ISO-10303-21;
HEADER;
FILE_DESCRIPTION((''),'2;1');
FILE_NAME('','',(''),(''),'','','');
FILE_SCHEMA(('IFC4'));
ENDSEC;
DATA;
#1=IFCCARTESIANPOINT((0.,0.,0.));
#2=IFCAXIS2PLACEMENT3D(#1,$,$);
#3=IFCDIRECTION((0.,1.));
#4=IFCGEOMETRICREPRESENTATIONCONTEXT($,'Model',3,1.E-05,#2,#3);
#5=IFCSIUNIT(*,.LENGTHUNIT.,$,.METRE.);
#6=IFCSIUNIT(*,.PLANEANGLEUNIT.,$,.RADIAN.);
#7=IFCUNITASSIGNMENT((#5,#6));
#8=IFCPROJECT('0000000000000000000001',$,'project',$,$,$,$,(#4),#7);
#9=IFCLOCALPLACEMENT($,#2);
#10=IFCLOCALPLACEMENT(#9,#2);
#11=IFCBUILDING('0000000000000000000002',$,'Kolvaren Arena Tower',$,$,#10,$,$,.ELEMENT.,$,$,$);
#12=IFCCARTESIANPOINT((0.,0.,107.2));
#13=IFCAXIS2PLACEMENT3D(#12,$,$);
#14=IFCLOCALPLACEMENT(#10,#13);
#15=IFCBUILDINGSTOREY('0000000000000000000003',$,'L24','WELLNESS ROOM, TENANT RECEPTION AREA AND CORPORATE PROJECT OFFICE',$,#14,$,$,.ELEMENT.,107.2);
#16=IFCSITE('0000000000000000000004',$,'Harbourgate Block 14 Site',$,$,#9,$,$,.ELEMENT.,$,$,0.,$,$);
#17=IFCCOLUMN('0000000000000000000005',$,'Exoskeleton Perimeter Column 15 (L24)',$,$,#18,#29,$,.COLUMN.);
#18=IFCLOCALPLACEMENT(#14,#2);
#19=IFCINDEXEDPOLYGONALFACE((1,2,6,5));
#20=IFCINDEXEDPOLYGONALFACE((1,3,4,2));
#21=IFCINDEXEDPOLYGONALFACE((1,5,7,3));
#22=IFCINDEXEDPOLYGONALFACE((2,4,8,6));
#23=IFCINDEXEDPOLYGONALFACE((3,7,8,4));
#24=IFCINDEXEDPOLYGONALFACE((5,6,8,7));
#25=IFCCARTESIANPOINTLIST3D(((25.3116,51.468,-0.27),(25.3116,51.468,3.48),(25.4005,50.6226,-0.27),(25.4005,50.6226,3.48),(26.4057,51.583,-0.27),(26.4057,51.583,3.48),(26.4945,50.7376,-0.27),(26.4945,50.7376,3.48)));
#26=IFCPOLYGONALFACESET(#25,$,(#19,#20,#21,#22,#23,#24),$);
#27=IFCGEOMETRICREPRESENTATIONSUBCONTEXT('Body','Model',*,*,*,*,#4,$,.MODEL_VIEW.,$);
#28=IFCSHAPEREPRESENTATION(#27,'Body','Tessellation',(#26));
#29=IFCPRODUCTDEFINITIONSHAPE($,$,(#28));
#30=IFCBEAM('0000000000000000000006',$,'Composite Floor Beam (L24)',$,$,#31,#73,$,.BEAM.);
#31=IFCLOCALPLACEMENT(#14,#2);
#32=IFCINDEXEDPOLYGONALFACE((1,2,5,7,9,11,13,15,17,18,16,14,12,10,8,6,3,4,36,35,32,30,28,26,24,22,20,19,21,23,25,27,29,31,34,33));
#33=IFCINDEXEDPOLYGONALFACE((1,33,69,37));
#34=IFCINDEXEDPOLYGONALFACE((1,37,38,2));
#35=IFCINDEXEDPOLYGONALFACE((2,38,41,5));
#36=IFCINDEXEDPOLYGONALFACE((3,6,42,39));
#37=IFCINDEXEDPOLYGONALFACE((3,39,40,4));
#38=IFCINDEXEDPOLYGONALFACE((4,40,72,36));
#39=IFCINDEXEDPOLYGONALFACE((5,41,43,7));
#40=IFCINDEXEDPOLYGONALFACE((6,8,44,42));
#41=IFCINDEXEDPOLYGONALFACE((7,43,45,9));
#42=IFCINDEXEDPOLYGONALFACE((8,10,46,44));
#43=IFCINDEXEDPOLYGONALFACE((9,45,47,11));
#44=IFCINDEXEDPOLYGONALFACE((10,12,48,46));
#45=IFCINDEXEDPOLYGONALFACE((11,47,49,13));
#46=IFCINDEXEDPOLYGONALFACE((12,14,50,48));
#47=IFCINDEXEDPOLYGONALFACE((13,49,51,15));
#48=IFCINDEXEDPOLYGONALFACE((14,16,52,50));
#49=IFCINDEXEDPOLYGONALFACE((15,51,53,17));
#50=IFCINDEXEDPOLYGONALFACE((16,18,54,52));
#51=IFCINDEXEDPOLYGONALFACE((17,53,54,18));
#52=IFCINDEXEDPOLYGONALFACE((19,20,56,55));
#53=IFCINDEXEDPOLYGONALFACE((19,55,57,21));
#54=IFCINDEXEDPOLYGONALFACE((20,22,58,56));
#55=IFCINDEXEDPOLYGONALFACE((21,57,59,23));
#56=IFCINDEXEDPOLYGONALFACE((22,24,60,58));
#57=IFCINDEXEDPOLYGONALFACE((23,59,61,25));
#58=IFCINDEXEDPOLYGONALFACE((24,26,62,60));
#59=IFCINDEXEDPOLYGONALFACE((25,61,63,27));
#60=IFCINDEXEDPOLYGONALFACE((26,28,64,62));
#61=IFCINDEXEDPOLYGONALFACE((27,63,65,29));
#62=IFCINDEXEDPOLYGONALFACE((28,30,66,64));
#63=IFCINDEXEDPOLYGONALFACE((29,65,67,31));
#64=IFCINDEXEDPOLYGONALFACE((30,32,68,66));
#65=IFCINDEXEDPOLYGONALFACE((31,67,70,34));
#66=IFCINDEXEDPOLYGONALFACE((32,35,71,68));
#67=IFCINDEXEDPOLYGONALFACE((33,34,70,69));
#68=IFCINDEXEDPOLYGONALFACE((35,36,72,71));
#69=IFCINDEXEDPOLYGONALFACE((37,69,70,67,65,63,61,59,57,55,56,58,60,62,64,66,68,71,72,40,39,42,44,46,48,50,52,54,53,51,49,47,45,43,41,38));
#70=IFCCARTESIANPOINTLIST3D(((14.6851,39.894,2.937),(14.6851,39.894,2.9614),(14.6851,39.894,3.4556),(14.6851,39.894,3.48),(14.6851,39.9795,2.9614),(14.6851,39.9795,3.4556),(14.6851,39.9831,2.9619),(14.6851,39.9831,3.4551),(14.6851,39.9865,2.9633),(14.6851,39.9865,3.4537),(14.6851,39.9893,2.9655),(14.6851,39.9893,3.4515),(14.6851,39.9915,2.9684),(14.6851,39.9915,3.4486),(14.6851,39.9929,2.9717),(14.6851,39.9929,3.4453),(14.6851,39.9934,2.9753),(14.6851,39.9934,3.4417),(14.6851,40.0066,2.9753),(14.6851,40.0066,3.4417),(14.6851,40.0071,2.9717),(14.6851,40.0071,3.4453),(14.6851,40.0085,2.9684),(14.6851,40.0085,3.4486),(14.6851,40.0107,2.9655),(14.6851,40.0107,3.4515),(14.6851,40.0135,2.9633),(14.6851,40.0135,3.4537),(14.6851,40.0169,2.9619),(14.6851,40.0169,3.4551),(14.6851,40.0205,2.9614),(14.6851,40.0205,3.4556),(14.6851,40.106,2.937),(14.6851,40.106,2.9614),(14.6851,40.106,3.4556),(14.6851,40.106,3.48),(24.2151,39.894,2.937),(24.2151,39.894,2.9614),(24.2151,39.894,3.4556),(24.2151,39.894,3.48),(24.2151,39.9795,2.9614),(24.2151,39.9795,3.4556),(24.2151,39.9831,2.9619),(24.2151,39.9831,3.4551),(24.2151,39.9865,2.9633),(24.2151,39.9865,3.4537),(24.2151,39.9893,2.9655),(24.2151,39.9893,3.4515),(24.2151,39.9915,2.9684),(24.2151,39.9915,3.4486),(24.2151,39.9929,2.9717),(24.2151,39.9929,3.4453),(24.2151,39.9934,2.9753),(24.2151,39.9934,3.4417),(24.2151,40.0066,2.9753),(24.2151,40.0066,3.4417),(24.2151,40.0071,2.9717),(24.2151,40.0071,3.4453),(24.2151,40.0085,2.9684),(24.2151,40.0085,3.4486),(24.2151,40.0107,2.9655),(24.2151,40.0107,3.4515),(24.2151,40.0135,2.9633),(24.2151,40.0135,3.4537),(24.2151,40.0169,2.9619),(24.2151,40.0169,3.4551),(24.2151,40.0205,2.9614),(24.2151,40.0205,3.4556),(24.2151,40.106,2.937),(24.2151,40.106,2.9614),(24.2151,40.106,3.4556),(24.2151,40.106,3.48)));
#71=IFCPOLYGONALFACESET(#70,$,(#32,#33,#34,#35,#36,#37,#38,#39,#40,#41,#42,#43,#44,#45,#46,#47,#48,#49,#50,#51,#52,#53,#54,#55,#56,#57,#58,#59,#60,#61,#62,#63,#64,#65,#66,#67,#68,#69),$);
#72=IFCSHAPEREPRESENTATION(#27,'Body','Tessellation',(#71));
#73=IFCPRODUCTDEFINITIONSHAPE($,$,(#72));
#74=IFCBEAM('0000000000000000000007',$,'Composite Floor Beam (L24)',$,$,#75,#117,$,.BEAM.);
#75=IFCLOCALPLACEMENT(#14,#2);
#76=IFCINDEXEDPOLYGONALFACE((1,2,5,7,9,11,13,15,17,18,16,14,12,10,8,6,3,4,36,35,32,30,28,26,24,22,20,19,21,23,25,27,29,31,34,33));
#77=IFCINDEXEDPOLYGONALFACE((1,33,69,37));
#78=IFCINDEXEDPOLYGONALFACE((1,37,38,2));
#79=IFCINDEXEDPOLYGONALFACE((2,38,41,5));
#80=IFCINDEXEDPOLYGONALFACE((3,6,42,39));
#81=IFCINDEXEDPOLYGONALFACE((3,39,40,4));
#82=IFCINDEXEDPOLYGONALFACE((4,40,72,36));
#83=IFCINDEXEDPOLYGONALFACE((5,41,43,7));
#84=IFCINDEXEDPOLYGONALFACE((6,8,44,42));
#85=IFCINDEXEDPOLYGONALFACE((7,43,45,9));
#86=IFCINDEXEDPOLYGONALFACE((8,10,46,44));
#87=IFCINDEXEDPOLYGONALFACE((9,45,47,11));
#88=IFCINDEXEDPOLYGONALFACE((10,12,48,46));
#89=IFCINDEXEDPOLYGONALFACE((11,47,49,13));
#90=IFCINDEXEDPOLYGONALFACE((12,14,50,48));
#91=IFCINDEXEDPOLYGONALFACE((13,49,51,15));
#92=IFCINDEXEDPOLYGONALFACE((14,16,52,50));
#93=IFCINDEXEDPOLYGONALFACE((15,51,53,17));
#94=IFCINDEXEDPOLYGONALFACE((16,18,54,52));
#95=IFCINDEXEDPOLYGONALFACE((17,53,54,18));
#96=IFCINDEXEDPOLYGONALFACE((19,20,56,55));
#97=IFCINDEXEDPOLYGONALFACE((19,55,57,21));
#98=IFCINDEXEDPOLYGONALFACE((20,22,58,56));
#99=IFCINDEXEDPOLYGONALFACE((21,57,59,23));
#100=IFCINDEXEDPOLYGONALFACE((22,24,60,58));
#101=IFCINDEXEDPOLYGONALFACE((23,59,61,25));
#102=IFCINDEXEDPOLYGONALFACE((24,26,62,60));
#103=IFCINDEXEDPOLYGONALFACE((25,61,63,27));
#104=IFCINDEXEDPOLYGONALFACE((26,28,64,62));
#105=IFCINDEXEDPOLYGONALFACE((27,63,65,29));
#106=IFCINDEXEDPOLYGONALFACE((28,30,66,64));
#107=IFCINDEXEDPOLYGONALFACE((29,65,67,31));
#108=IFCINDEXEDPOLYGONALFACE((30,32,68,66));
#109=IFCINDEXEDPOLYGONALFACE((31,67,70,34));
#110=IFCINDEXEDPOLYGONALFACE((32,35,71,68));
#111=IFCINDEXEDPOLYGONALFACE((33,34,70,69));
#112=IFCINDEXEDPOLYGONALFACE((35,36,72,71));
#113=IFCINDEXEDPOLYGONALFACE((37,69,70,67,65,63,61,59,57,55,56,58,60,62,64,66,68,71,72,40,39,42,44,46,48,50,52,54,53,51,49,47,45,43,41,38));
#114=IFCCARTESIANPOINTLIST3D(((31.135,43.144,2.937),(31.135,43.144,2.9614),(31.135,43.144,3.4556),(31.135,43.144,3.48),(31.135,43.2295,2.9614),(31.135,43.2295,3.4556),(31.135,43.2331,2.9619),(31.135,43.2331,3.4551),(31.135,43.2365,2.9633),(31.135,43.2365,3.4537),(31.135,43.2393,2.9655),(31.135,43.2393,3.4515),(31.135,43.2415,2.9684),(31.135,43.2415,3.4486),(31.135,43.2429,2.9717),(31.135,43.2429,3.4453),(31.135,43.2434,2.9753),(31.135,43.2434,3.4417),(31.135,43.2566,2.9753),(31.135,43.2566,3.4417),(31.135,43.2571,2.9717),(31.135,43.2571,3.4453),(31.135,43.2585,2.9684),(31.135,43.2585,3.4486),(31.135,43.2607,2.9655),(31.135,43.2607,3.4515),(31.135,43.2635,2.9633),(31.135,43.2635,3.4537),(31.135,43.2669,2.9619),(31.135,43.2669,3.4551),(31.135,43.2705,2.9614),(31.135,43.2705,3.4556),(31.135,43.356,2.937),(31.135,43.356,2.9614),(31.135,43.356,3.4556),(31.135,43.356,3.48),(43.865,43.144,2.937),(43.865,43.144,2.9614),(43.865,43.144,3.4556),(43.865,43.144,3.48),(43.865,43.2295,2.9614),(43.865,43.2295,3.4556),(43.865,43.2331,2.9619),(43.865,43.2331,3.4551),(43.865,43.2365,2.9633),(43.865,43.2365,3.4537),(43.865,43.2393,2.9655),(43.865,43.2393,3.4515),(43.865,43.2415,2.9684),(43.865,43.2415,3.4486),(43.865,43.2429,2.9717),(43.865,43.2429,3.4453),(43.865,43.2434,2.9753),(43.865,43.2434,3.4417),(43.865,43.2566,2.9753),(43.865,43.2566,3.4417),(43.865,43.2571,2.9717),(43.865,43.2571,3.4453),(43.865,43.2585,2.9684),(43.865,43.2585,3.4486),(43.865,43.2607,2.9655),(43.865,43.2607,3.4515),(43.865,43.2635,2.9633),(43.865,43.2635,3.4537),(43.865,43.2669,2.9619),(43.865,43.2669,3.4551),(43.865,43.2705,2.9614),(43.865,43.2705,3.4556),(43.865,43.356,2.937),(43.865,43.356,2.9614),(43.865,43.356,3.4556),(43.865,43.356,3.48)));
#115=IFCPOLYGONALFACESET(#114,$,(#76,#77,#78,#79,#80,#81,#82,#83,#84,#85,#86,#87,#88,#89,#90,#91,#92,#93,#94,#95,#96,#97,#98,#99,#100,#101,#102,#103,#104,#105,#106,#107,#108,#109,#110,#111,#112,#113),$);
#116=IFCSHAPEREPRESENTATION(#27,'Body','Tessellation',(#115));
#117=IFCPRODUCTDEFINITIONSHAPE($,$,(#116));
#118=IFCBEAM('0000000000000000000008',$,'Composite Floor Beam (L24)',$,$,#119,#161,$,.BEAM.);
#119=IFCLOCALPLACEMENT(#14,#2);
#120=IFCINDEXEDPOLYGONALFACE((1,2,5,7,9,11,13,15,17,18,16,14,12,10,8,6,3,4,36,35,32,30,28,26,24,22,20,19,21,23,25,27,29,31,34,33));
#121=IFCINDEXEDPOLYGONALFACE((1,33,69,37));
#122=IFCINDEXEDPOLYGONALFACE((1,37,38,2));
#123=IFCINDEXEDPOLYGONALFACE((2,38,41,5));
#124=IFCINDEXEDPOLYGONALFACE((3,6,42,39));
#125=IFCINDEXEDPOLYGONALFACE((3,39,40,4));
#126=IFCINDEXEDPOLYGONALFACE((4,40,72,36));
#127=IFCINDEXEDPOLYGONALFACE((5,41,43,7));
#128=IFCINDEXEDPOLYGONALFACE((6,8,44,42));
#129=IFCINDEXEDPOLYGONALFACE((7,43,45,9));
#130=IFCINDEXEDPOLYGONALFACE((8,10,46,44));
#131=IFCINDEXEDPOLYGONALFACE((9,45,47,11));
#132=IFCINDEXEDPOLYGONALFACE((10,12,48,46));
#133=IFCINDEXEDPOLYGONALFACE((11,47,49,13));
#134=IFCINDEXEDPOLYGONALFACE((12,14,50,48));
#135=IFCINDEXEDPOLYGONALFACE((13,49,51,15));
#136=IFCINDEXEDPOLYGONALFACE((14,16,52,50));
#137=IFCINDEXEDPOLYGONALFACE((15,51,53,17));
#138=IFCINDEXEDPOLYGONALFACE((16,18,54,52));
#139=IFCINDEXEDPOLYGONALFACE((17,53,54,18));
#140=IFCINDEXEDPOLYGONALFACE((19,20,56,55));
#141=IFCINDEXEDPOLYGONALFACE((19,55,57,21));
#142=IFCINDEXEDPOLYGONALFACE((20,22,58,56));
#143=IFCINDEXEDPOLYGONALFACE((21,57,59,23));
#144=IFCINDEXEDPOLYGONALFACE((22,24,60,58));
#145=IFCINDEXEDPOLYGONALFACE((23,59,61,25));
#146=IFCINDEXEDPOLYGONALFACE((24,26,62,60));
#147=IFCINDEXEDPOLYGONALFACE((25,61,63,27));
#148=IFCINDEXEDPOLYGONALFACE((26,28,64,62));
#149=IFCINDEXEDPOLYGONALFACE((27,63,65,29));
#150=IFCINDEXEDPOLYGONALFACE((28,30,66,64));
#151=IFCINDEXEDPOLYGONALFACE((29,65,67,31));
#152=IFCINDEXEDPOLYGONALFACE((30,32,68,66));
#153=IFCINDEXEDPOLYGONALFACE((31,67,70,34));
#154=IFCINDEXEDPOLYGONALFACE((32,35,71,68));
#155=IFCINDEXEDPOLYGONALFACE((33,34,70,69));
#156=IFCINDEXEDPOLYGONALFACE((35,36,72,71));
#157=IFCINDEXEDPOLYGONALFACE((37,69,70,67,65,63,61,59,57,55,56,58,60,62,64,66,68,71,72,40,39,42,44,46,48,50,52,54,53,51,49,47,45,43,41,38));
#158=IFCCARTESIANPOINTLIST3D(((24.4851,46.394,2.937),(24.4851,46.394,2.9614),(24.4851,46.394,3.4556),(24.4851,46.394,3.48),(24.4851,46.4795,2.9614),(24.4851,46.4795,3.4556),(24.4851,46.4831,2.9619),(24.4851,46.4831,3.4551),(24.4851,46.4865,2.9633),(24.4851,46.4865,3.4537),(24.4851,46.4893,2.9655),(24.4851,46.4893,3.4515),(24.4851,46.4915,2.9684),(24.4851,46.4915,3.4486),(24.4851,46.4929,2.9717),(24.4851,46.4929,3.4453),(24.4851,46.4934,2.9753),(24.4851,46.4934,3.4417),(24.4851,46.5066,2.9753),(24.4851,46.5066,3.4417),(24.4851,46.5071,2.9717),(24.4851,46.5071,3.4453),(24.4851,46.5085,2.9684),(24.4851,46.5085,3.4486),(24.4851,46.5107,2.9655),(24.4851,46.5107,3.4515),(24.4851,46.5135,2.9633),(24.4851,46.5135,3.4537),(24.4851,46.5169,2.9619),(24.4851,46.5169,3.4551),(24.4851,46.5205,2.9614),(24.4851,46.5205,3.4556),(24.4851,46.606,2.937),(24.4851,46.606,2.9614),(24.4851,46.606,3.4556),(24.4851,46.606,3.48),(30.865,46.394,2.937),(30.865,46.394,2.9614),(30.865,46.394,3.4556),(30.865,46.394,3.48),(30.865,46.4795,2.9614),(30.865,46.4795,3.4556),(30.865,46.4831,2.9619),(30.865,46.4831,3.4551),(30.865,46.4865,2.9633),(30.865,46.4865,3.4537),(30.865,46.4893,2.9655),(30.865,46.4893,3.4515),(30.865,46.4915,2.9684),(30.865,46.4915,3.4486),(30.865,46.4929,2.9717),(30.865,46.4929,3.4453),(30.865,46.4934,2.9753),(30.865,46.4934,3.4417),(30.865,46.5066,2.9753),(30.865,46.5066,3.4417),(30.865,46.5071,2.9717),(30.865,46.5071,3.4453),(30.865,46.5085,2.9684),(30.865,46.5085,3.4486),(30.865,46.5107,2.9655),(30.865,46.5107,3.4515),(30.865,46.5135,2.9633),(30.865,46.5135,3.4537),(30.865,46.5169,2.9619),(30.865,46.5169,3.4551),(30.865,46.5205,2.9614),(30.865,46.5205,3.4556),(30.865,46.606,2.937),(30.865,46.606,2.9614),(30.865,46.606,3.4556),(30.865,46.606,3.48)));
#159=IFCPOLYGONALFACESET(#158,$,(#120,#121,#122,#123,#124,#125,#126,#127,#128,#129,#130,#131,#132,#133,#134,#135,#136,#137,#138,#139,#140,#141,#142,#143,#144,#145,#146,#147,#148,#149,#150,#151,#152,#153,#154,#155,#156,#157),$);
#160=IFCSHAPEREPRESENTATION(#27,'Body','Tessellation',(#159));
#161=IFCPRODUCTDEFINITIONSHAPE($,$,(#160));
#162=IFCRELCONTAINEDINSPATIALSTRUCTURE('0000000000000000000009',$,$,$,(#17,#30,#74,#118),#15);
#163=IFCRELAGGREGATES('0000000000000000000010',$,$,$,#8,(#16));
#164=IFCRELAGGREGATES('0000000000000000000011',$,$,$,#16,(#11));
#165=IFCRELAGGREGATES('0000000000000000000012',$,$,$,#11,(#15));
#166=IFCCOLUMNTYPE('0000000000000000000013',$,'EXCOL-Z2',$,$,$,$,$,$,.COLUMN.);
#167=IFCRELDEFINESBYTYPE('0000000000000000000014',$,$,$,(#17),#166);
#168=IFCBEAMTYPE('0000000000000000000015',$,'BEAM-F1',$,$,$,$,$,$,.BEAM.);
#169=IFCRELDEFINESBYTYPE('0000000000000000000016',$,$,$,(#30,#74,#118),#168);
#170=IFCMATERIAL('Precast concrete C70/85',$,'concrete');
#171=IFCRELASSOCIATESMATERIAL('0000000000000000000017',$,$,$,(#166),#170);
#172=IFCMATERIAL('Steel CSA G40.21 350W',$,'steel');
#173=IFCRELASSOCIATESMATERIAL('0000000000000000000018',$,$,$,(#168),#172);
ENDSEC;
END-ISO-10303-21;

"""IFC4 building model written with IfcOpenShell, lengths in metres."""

from ifc_helpers import new_model, si_unit, direction, frame, origin, origin_2d, place, context, subcontext, project, spatial, rectangle, i_section, extrude, material, material_profile, profile_set, type_object, element, save


model = new_model("IFC4")

# Units and contexts
model_context = context("Model", 3, precision=1e-05, world=origin(), true_north=direction((0.0, 1.0)))
body_context = subcontext(model_context, "Body", "Model", "MODEL_VIEW")
ifc_project = project(units=[si_unit("LENGTHUNIT", "METRE"), si_unit("PLANEANGLEUNIT", "RADIAN")], contexts=[model_context])

# Site, building, storey
site_placement = place(None, origin())
site = spatial("IfcSite", under=ifc_project, at=site_placement, Name="Harbourgate Block 14 Site", CompositionType="ELEMENT", RefElevation=0.0)
building_placement = place(site_placement, origin())
building = spatial("IfcBuilding", under=site, at=building_placement, Name="Kolvaren Arena Tower", CompositionType="ELEMENT")
storey_placement = place(building_placement, frame((0.0, 0.0, 107.2)))
storey = spatial("IfcBuildingStorey", under=building, at=storey_placement, Name="L24", Description="WELLNESS ROOM, TENANT RECEPTION AREA AND CORPORATE PROJECT OFFICE", CompositionType="ELEMENT", Elevation=107.2)

# Column
ifc_material_1 = material(Name="Precast concrete C70/85", Category="concrete")
ifc_material_profile_1 = material_profile(ifc_material_1, rectangle(XDim=1.1001, YDim=0.8501, at=origin_2d()), Name="RC-1100x850")
ifc_profile_set_1 = profile_set([ifc_material_profile_1], Name="Precast concrete C70/85")
column_type = type_object("IfcColumnType", Name="EXCOL-Z2", PredefinedType="COLUMN", material=ifc_profile_set_1)
column_placement = place(storey_placement, frame((25.9031, 51.1028, -0.27), z_axis=(0.0, 0.0, 1.0), x_axis=(0.994522, 0.104528, 0.0)))
element("IfcColumn", 1, at=column_placement, inside=storey, type_object=column_type, Name="Exoskeleton Perimeter Column 15 (L24)", PredefinedType="COLUMN", context=body_context, shape_type="SweptSolid", body=[
    extrude(rectangle(XDim=1.1001, YDim=0.8501, at=origin_2d()), origin(), (0.0, 0.0, 1.0), 3.75),
])

# Beams
ifc_material_2 = material(Name="Steel CSA G40.21 350W", Category="steel")
ifc_material_profile_2 = material_profile(ifc_material_2, i_section(OverallWidth=0.2119, OverallDepth=0.543, WebThickness=0.0132, FlangeThickness=0.0244, FilletRadius=0.0139, at=origin_2d()), Name="W530x150")
ifc_profile_set_2 = profile_set([ifc_material_profile_2], Name="Steel CSA G40.21 350W")
beam_type_1 = type_object("IfcBeamType", Name="BEAM-F1", PredefinedType="BEAM", material=ifc_profile_set_2)
beam_1_placement = place(storey_placement, frame((14.6851, 40.0, 3.2085), z_axis=(1.0, 0.0, 0.0), x_axis=(0.0, 1.0, 0.0)))
element("IfcBeam", 2, at=beam_1_placement, inside=storey, type_object=beam_type_1, Name="Composite Floor Beam (L24)", PredefinedType="BEAM", context=body_context, shape_type="SweptSolid", body=[
    extrude(i_section(OverallWidth=0.2119, OverallDepth=0.543, WebThickness=0.0132, FlangeThickness=0.0244, FilletRadius=0.0139, at=origin_2d()), origin(), (0.0, 0.0, 1.0), 9.53),
])
beam_2_placement = place(storey_placement, frame((31.135, 43.25, 3.2085), z_axis=(1.0, 0.0, 0.0), x_axis=(0.0, 1.0, 0.0)))
element("IfcBeam", 3, at=beam_2_placement, inside=storey, type_object=beam_type_1, Name="Composite Floor Beam (L24)", PredefinedType="BEAM", context=body_context, shape_type="SweptSolid", body=[
    extrude(i_section(OverallWidth=0.2119, OverallDepth=0.543, WebThickness=0.0132, FlangeThickness=0.0244, FilletRadius=0.0139, at=origin_2d()), origin(), (0.0, 0.0, 1.0), 12.73),
])
for number, where, z_axis, x_axis, name in (
    (4, (24.4851, 46.5, 3.2085), (1.0, 0.0, 0.0), (0.0, 1.0, 0.0), "Composite Floor Beam (L24)"),
):
    element("IfcBeam", number, at=place(storey_placement, frame(where, z_axis=z_axis, x_axis=x_axis)), inside=storey, type_object=beam_type_1, Name=name, PredefinedType="BEAM", context=body_context, shape_type="SweptSolid", body=[
        extrude(i_section(OverallWidth=0.2119, OverallDepth=0.543, WebThickness=0.0132, FlangeThickness=0.0244, FilletRadius=0.0139, at=origin_2d()), origin(), (0.0, 0.0, 1.0), 6.3799),
    ])

save(model, "model.ifc")
